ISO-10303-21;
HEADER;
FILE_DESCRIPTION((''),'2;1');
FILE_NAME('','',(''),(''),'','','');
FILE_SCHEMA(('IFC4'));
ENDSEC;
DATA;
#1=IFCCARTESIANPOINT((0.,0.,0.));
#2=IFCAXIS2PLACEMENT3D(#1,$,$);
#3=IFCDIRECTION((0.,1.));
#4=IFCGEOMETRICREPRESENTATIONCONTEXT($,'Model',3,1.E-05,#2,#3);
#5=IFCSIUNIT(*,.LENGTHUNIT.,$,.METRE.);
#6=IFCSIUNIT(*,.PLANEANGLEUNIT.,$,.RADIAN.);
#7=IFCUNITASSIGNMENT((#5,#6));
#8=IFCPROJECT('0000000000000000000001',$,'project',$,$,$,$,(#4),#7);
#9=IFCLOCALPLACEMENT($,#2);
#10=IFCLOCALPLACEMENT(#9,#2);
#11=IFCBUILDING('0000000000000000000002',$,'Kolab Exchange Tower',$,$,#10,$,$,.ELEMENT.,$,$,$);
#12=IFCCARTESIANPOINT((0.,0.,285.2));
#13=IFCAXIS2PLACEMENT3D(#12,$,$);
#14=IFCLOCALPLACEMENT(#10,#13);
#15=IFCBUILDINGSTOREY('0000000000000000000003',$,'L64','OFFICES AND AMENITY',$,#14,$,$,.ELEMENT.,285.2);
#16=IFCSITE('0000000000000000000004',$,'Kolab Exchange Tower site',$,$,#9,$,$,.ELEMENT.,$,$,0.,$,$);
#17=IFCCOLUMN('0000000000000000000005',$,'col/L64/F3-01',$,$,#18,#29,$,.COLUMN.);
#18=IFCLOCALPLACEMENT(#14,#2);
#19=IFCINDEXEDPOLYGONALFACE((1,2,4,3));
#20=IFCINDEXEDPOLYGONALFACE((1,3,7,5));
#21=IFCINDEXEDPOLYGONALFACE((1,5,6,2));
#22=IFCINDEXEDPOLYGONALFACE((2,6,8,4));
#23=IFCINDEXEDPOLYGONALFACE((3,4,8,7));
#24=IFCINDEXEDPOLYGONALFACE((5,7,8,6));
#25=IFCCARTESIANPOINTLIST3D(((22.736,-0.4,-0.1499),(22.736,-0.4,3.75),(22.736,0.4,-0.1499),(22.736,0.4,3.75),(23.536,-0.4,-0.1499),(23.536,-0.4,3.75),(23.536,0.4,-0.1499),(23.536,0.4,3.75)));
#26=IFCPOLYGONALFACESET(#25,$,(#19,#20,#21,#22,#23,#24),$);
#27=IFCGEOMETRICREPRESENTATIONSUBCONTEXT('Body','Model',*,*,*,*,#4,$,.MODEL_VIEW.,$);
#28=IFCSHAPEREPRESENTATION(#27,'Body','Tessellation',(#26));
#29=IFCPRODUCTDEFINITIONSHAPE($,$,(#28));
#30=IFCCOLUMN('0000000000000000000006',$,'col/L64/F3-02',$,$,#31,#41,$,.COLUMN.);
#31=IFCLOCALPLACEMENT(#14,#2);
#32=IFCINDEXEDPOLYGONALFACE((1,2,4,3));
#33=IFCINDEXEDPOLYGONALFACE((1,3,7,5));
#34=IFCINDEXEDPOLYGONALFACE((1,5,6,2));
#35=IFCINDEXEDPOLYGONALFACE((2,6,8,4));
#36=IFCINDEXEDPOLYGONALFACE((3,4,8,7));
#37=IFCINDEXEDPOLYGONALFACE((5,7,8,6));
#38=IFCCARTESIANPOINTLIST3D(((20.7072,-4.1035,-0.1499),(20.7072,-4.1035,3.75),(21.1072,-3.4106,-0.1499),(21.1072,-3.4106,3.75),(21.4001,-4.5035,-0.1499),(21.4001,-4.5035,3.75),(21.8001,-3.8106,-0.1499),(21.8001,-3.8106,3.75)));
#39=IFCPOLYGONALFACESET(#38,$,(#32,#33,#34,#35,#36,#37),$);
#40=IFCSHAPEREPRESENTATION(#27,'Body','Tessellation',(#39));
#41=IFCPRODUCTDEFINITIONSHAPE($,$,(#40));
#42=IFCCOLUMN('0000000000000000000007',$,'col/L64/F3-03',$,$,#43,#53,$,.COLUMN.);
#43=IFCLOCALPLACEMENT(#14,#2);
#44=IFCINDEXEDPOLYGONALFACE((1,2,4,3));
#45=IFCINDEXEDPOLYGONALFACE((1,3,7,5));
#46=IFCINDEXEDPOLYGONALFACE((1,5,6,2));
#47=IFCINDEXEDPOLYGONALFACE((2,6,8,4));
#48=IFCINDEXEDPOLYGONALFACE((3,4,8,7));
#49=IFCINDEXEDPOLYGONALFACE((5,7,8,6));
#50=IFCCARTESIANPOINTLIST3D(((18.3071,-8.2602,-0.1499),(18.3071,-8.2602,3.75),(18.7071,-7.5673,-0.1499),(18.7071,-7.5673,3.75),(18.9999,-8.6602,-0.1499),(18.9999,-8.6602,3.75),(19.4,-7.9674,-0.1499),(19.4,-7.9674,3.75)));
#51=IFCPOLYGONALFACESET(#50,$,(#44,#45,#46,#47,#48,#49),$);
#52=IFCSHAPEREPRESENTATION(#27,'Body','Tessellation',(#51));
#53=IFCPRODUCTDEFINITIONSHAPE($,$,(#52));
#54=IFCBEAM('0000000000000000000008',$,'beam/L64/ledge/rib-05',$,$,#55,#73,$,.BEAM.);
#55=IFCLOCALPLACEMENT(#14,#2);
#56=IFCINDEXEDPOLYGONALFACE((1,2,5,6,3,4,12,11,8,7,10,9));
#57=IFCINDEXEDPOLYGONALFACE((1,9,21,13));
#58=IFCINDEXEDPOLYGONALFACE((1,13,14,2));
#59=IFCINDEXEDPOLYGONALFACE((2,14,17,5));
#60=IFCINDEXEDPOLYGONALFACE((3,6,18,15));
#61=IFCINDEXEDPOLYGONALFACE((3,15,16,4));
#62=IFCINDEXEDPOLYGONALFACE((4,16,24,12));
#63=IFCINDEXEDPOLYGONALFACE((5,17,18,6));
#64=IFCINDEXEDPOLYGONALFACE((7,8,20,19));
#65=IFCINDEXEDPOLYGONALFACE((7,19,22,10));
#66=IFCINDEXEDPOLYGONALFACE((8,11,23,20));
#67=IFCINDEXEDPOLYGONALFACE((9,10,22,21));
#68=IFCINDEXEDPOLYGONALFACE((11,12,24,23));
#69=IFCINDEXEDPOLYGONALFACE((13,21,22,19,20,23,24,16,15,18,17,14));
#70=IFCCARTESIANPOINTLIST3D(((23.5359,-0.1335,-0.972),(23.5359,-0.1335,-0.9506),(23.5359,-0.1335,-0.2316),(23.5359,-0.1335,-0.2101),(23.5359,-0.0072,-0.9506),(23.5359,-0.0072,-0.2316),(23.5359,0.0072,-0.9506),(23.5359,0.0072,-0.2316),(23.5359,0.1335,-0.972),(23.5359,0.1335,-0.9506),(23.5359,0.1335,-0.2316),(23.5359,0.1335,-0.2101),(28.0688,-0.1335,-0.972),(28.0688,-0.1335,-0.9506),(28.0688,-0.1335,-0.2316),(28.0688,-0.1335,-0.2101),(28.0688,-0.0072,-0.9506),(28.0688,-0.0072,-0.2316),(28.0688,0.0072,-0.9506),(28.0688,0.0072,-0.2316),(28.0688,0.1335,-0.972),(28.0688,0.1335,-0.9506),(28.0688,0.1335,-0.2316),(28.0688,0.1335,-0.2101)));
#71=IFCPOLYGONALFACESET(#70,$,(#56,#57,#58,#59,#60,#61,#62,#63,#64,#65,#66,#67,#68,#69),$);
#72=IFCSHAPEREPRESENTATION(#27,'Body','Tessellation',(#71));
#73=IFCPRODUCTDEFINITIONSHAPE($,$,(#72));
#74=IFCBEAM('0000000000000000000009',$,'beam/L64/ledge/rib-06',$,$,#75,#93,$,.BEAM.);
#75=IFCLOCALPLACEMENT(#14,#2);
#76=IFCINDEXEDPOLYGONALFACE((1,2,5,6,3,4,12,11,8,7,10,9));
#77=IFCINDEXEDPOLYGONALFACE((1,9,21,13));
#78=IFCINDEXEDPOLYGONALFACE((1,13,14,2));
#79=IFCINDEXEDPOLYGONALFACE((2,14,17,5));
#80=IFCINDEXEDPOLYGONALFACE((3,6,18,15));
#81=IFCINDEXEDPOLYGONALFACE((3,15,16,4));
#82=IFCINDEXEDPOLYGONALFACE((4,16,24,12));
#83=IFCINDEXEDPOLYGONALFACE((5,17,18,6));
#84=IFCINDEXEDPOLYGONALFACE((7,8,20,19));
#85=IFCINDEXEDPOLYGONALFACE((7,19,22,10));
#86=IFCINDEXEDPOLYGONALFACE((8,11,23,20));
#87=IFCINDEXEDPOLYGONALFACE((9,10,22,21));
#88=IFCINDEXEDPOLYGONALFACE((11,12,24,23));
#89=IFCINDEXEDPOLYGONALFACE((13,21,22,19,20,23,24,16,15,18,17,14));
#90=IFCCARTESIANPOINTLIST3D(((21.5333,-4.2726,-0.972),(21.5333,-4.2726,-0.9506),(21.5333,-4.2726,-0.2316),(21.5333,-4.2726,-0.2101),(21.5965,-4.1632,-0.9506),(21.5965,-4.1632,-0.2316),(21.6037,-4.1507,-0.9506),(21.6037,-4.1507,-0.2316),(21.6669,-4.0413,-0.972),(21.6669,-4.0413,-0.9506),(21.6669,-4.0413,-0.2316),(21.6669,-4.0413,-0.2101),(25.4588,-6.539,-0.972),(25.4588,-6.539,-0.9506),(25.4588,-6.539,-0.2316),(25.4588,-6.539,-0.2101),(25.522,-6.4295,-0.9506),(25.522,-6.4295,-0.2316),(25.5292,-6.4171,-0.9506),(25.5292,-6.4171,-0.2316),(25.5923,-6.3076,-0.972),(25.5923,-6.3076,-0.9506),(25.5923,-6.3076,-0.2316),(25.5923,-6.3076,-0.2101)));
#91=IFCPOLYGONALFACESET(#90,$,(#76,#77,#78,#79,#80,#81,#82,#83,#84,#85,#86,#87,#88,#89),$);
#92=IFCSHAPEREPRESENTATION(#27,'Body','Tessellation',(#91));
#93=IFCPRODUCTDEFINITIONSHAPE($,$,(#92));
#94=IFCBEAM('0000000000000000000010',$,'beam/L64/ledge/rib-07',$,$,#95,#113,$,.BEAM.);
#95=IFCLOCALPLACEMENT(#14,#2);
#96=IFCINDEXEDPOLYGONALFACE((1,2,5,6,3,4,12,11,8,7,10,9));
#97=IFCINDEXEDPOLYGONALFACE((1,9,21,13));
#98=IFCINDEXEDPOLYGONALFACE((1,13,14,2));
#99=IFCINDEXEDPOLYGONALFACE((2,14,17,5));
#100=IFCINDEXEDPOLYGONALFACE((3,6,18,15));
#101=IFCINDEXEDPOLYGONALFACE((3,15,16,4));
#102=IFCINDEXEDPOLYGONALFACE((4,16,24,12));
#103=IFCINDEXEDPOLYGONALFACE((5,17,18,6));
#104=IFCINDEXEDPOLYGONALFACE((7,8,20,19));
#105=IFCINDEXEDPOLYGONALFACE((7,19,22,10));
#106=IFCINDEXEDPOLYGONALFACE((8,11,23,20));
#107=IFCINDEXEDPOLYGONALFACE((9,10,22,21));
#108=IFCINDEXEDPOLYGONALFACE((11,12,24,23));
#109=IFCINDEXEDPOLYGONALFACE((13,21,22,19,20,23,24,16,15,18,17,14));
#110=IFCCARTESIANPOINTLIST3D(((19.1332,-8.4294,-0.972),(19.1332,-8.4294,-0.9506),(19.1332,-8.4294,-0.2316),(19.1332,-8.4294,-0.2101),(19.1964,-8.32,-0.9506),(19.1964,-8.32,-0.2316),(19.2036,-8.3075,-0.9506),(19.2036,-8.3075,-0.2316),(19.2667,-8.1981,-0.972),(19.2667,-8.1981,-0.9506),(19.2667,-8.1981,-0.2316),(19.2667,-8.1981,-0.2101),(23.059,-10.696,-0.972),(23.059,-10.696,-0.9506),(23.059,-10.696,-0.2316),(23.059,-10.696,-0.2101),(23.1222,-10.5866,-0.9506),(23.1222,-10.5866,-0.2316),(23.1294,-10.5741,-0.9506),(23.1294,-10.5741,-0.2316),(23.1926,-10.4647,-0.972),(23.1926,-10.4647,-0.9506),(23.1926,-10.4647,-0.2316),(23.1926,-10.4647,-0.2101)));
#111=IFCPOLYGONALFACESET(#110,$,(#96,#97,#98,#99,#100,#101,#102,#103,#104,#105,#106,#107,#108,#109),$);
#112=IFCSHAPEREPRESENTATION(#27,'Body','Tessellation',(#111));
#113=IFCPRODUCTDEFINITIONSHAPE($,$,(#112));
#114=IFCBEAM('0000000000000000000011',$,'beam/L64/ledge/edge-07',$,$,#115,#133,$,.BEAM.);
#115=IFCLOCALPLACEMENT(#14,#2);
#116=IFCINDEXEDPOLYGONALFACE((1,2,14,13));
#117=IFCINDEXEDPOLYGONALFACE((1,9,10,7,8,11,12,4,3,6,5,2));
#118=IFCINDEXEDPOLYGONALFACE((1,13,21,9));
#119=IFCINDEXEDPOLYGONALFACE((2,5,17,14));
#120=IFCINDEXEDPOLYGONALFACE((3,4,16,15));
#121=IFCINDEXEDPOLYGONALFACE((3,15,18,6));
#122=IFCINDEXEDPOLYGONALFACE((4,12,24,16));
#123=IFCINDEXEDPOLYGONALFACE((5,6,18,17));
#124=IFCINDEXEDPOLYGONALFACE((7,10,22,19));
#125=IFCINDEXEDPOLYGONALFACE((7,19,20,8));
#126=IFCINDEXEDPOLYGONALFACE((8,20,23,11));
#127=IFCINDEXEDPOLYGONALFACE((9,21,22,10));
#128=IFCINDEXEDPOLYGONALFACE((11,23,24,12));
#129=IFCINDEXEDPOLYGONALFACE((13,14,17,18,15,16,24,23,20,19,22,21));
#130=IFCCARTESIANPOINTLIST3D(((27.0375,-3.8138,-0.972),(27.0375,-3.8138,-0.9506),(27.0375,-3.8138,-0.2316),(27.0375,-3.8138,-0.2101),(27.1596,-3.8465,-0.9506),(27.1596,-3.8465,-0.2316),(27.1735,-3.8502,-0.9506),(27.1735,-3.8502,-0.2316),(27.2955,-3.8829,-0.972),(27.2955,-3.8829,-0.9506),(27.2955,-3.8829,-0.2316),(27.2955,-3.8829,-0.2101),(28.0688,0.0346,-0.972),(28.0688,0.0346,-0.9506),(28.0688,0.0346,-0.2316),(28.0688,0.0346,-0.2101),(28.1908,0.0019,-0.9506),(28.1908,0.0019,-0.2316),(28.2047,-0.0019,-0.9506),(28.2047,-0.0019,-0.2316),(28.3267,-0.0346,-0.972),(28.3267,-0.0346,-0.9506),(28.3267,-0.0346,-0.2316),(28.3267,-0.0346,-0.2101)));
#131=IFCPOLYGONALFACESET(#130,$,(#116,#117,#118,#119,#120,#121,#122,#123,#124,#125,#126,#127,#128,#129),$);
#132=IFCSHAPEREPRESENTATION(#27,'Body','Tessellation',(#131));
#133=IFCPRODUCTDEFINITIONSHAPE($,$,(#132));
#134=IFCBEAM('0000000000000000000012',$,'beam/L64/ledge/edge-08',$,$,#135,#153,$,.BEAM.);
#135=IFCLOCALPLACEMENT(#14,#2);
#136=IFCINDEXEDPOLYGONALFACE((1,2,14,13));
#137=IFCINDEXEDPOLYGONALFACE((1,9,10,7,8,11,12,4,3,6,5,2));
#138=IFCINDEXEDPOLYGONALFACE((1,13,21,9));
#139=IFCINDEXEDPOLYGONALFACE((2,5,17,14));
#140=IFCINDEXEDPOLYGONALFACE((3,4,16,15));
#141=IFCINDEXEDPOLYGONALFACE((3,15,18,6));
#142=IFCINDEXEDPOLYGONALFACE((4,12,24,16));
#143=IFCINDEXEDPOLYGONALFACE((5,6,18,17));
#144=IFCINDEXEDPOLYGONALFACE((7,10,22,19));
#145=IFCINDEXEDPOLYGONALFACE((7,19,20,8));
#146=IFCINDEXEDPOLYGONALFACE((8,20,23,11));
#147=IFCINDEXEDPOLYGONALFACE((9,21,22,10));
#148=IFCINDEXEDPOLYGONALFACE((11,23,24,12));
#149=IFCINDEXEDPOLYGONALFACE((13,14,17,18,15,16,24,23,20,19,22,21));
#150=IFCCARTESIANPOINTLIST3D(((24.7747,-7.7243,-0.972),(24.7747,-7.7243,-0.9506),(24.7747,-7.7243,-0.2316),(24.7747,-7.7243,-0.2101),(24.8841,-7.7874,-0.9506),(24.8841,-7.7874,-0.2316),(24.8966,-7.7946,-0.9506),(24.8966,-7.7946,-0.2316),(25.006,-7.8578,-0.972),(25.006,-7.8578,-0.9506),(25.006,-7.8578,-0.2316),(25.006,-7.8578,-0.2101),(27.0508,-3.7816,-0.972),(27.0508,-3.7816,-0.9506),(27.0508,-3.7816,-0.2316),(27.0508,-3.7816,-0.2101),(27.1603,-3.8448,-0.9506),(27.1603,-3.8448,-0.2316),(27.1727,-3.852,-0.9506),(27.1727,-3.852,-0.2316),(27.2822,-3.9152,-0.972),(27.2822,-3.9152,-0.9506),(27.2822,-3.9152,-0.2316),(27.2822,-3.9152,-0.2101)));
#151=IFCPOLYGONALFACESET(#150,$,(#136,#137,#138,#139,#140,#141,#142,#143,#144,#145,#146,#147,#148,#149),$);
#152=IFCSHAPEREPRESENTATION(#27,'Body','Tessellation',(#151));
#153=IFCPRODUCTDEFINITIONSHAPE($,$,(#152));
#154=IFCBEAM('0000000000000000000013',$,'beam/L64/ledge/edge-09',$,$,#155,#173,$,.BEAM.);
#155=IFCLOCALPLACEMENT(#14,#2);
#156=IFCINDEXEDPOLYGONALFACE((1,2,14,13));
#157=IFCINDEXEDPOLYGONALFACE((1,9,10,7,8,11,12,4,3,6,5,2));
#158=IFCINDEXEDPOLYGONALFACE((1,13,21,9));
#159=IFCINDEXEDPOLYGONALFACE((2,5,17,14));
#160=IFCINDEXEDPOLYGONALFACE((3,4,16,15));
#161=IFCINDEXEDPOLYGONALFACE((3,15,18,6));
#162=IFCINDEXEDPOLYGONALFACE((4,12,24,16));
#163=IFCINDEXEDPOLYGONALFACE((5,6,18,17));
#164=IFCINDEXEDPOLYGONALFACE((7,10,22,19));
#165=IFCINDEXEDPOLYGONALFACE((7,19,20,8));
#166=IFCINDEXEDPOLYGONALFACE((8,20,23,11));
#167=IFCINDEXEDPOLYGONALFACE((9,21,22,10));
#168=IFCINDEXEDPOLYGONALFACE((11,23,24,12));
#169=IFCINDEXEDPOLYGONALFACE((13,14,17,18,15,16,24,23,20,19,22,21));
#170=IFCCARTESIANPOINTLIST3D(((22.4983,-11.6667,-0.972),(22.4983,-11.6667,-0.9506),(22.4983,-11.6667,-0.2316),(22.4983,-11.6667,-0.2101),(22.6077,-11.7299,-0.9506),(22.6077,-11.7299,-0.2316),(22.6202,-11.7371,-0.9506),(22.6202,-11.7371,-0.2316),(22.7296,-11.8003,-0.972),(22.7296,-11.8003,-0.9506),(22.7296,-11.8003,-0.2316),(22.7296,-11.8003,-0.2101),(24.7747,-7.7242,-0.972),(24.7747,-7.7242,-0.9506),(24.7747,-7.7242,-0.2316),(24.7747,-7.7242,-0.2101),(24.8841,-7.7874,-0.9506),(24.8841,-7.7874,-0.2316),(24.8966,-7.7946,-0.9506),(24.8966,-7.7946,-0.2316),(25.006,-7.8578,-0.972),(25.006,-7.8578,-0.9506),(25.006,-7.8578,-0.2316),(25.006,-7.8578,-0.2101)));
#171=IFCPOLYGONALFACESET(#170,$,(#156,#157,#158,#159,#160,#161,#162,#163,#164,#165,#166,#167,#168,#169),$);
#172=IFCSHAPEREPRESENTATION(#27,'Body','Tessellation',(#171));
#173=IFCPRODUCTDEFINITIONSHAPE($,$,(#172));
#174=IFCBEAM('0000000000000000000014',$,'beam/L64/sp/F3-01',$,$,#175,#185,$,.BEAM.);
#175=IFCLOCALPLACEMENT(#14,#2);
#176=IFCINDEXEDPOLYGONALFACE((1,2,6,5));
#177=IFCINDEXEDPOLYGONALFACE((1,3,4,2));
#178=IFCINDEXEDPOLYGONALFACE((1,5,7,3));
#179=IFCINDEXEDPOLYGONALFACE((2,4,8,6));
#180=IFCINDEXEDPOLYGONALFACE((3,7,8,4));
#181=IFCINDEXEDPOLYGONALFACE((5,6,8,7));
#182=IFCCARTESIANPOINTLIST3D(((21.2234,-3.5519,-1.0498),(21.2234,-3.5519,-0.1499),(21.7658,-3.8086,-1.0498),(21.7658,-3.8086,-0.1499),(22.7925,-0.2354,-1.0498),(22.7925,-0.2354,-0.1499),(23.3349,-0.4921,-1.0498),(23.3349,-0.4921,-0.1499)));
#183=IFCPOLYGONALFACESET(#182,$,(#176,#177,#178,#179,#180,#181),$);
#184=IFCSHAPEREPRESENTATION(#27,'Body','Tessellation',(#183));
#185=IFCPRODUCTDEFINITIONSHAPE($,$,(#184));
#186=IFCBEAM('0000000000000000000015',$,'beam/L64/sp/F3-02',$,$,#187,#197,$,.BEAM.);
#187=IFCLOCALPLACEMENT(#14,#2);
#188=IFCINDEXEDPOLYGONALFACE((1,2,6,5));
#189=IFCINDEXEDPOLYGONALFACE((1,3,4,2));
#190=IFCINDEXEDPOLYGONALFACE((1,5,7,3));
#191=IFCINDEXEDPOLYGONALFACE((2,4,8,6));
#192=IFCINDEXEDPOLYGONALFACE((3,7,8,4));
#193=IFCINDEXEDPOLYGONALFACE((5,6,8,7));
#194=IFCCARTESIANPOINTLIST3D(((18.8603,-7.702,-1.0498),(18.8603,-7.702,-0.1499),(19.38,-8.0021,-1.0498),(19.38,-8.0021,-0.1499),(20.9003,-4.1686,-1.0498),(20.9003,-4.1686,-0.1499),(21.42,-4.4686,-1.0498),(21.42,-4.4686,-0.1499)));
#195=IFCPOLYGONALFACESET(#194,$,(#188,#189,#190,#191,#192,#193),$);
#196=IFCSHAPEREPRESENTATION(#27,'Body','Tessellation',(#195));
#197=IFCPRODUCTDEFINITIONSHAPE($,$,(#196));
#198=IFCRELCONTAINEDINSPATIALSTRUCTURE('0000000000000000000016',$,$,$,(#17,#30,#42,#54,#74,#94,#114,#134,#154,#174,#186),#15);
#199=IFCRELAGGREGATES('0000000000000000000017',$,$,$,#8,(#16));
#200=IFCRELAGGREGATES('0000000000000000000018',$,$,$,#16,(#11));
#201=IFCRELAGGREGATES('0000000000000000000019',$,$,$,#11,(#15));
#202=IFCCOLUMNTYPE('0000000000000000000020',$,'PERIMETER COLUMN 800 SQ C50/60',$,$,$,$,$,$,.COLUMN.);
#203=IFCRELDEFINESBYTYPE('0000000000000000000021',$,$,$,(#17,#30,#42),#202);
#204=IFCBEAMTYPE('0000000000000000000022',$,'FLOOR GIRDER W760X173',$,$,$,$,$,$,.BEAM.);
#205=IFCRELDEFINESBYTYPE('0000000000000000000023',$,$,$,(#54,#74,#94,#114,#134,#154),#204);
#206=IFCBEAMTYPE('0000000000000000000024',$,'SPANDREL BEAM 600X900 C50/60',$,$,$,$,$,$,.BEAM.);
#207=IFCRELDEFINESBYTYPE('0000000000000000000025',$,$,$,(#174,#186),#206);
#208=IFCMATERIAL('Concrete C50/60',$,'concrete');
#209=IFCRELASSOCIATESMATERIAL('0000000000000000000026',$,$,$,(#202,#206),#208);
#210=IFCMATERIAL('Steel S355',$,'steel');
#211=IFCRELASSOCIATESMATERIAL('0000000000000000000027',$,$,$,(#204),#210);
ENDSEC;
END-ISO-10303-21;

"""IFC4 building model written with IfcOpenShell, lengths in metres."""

from ifc_helpers import new_model, si_unit, direction, frame, origin, origin_2d, place, context, subcontext, project, spatial, rectangle, i_section, extrude, material, material_profile, profile_set, type_object, element, save


model = new_model("IFC4")

# Units and contexts
model_context = context("Model", 3, precision=1e-05, world=origin(), true_north=direction((0.0, 1.0)))
body_context = subcontext(model_context, "Body", "Model", "MODEL_VIEW")
ifc_project = project(units=[si_unit("LENGTHUNIT", "METRE"), si_unit("PLANEANGLEUNIT", "RADIAN")], contexts=[model_context])

# Site, building, storey
site_placement = place(None, origin())
site = spatial("IfcSite", under=ifc_project, at=site_placement, Name="Kolab Exchange Tower site", CompositionType="ELEMENT", RefElevation=0.0)
building_placement = place(site_placement, origin())
building = spatial("IfcBuilding", under=site, at=building_placement, Name="Kolab Exchange Tower", CompositionType="ELEMENT")
storey_placement = place(building_placement, frame((0.0, 0.0, 285.2)))
storey = spatial("IfcBuildingStorey", under=building, at=storey_placement, Name="L64", Description="OFFICES AND AMENITY", CompositionType="ELEMENT", Elevation=285.2)

# Columns
ifc_material_1 = material(Name="Concrete C50/60", Category="concrete")
ifc_material_profile_1 = material_profile(ifc_material_1, rectangle(XDim=0.8, YDim=0.8, at=origin_2d()), Name="RC800")
ifc_profile_set_1 = profile_set([ifc_material_profile_1], Name="Concrete C50/60")
column_type = type_object("IfcColumnType", Name="PERIMETER COLUMN 800 SQ C50/60", PredefinedType="COLUMN", material=ifc_profile_set_1)
for number, where, z_axis, x_axis, name in (
    (1, (23.136, 0.0, -0.1499), (0.0, 0.0, 1.0), (1.0, 0.0, 0.0), "col/L64/F3-01"),
    (2, (21.2537, -3.957, -0.1499), (0.0, 0.0, 1.0), (0.5, 0.866025, 0.0), "col/L64/F3-02"),
    (3, (18.8535, -8.1138, -0.1499), (0.0, 0.0, 1.0), (0.5, 0.866025, 0.0), "col/L64/F3-03"),
):
    element("IfcColumn", number, at=place(storey_placement, frame(where, z_axis=z_axis, x_axis=x_axis)), inside=storey, type_object=column_type, Name=name, PredefinedType="COLUMN", context=body_context, shape_type="SweptSolid", body=[
        extrude(rectangle(XDim=0.8, YDim=0.8, at=origin_2d()), origin(), (0.0, 0.0, 1.0), 3.8999),
    ])

# Beams
ifc_material_2 = material(Name="Steel S355", Category="steel")
ifc_material_profile_2 = material_profile(ifc_material_2, i_section(OverallWidth=0.2671, OverallDepth=0.762, WebThickness=0.0144, FlangeThickness=0.0215, at=origin_2d()), Name="W760X173")
ifc_profile_set_2 = profile_set([ifc_material_profile_2], Name="Steel S355")
beam_type_1 = type_object("IfcBeamType", Name="FLOOR GIRDER W760X173", PredefinedType="BEAM", material=ifc_profile_set_2)
beam_1_placement = place(storey_placement, frame((23.5359, 0.0, -0.5911), z_axis=(1.0, 0.0, 0.0), x_axis=(0.0, 1.0, 0.0)))
element("IfcBeam", 4, at=beam_1_placement, inside=storey, type_object=beam_type_1, Name="beam/L64/ledge/rib-05", PredefinedType="BEAM", context=body_context, shape_type="SweptSolid", body=[
    extrude(i_section(OverallWidth=0.2671, OverallDepth=0.762, WebThickness=0.0144, FlangeThickness=0.0215, at=origin_2d()), origin(), (0.0, 0.0, 1.0), 4.533),
])
beam_2_placement = place(storey_placement, frame((21.6001, -4.157, -0.5911), z_axis=(0.86603, -0.499991, 0.0), x_axis=(0.499991, 0.86603, 0.0)))
element("IfcBeam", 5, at=beam_2_placement, inside=storey, type_object=beam_type_1, Name="beam/L64/ledge/rib-06", PredefinedType="BEAM", context=body_context, shape_type="SweptSolid", body=[
    extrude(i_section(OverallWidth=0.2671, OverallDepth=0.762, WebThickness=0.0144, FlangeThickness=0.0215, at=origin_2d()), origin(), (0.0, 0.0, 1.0), 4.5327),
])
beam_3_placement = place(storey_placement, frame((19.2, -8.3137, -0.5911), z_axis=(0.866021, -0.500008, 0.0), x_axis=(0.500008, 0.866021, 0.0)))
element("IfcBeam", 6, at=beam_3_placement, inside=storey, type_object=beam_type_1, Name="beam/L64/ledge/rib-07", PredefinedType="BEAM", context=body_context, shape_type="SweptSolid", body=[
    extrude(i_section(OverallWidth=0.2671, OverallDepth=0.762, WebThickness=0.0144, FlangeThickness=0.0215, at=origin_2d()), origin(), (0.0, 0.0, 1.0), 4.5332),
])
beam_4_placement = place(storey_placement, frame((28.1978, 0.0, -0.5911), z_axis=(-0.258837, -0.965921, 0.0), x_axis=(0.965921, -0.258837, 0.0)))
element("IfcBeam", 7, at=beam_4_placement, inside=storey, type_object=beam_type_1, Name="beam/L64/ledge/edge-07", PredefinedType="BEAM", context=body_context, shape_type="SweptSolid", body=[
    extrude(i_section(OverallWidth=0.2671, OverallDepth=0.762, WebThickness=0.0144, FlangeThickness=0.0215, at=origin_2d()), origin(), (0.0, 0.0, 1.0), 3.9841),
])
for number, where, z_axis, x_axis, name in (
    (8, (27.1665, -3.8484, -0.5911), (-0.499975, -0.86604, 0.0), (0.86604, -0.499975, 0.0), "beam/L64/ledge/edge-08"),
    (9, (24.8904, -7.791, -0.5911), (-0.500038, -0.866003, 0.0), (0.866003, -0.500038, 0.0), "beam/L64/ledge/edge-09"),
):
    element("IfcBeam", number, at=place(storey_placement, frame(where, z_axis=z_axis, x_axis=x_axis)), inside=storey, type_object=beam_type_1, Name=name, PredefinedType="BEAM", context=body_context, shape_type="SweptSolid", body=[
        extrude(i_section(OverallWidth=0.2671, OverallDepth=0.762, WebThickness=0.0144, FlangeThickness=0.0215, at=origin_2d()), origin(), (0.0, 0.0, 1.0), 4.5525),
    ])
ifc_material_profile_3 = material_profile(ifc_material_1, rectangle(XDim=0.6001, YDim=0.8999, at=origin_2d()), Name="RC600X900")
ifc_profile_set_3 = profile_set([ifc_material_profile_3], Name="Concrete C50/60")
beam_type_2 = type_object("IfcBeamType", Name="SPANDREL BEAM 600X900 C50/60", PredefinedType="BEAM", material=ifc_profile_set_3)
beam_5_placement = place(storey_placement, frame((23.0637, -0.3638, -0.5999), z_axis=(-0.427677, -0.903932, 0.0), x_axis=(0.903932, -0.427677, 0.0)))
element("IfcBeam", 10, at=beam_5_placement, inside=storey, type_object=beam_type_2, Name="beam/L64/sp/F3-01", PredefinedType="BEAM", context=body_context, shape_type="SweptSolid", body=[
    extrude(rectangle(XDim=0.6001, YDim=0.8999, at=origin_2d()), origin(), (0.0, 0.0, 1.0), 3.6689),
])
for number, where, z_axis, x_axis, name in (
    (11, (21.1602, -4.3186, -0.5999), (-0.5, -0.866025, 0.0), (0.866025, -0.5, 0.0), "beam/L64/sp/F3-02"),
):
    element("IfcBeam", number, at=place(storey_placement, frame(where, z_axis=z_axis, x_axis=x_axis)), inside=storey, type_object=beam_type_2, Name=name, PredefinedType="BEAM", context=body_context, shape_type="SweptSolid", body=[
        extrude(rectangle(XDim=0.6001, YDim=0.8999, at=origin_2d()), origin(), (0.0, 0.0, 1.0), 4.0801),
    ])

save(model, "model.ifc")
